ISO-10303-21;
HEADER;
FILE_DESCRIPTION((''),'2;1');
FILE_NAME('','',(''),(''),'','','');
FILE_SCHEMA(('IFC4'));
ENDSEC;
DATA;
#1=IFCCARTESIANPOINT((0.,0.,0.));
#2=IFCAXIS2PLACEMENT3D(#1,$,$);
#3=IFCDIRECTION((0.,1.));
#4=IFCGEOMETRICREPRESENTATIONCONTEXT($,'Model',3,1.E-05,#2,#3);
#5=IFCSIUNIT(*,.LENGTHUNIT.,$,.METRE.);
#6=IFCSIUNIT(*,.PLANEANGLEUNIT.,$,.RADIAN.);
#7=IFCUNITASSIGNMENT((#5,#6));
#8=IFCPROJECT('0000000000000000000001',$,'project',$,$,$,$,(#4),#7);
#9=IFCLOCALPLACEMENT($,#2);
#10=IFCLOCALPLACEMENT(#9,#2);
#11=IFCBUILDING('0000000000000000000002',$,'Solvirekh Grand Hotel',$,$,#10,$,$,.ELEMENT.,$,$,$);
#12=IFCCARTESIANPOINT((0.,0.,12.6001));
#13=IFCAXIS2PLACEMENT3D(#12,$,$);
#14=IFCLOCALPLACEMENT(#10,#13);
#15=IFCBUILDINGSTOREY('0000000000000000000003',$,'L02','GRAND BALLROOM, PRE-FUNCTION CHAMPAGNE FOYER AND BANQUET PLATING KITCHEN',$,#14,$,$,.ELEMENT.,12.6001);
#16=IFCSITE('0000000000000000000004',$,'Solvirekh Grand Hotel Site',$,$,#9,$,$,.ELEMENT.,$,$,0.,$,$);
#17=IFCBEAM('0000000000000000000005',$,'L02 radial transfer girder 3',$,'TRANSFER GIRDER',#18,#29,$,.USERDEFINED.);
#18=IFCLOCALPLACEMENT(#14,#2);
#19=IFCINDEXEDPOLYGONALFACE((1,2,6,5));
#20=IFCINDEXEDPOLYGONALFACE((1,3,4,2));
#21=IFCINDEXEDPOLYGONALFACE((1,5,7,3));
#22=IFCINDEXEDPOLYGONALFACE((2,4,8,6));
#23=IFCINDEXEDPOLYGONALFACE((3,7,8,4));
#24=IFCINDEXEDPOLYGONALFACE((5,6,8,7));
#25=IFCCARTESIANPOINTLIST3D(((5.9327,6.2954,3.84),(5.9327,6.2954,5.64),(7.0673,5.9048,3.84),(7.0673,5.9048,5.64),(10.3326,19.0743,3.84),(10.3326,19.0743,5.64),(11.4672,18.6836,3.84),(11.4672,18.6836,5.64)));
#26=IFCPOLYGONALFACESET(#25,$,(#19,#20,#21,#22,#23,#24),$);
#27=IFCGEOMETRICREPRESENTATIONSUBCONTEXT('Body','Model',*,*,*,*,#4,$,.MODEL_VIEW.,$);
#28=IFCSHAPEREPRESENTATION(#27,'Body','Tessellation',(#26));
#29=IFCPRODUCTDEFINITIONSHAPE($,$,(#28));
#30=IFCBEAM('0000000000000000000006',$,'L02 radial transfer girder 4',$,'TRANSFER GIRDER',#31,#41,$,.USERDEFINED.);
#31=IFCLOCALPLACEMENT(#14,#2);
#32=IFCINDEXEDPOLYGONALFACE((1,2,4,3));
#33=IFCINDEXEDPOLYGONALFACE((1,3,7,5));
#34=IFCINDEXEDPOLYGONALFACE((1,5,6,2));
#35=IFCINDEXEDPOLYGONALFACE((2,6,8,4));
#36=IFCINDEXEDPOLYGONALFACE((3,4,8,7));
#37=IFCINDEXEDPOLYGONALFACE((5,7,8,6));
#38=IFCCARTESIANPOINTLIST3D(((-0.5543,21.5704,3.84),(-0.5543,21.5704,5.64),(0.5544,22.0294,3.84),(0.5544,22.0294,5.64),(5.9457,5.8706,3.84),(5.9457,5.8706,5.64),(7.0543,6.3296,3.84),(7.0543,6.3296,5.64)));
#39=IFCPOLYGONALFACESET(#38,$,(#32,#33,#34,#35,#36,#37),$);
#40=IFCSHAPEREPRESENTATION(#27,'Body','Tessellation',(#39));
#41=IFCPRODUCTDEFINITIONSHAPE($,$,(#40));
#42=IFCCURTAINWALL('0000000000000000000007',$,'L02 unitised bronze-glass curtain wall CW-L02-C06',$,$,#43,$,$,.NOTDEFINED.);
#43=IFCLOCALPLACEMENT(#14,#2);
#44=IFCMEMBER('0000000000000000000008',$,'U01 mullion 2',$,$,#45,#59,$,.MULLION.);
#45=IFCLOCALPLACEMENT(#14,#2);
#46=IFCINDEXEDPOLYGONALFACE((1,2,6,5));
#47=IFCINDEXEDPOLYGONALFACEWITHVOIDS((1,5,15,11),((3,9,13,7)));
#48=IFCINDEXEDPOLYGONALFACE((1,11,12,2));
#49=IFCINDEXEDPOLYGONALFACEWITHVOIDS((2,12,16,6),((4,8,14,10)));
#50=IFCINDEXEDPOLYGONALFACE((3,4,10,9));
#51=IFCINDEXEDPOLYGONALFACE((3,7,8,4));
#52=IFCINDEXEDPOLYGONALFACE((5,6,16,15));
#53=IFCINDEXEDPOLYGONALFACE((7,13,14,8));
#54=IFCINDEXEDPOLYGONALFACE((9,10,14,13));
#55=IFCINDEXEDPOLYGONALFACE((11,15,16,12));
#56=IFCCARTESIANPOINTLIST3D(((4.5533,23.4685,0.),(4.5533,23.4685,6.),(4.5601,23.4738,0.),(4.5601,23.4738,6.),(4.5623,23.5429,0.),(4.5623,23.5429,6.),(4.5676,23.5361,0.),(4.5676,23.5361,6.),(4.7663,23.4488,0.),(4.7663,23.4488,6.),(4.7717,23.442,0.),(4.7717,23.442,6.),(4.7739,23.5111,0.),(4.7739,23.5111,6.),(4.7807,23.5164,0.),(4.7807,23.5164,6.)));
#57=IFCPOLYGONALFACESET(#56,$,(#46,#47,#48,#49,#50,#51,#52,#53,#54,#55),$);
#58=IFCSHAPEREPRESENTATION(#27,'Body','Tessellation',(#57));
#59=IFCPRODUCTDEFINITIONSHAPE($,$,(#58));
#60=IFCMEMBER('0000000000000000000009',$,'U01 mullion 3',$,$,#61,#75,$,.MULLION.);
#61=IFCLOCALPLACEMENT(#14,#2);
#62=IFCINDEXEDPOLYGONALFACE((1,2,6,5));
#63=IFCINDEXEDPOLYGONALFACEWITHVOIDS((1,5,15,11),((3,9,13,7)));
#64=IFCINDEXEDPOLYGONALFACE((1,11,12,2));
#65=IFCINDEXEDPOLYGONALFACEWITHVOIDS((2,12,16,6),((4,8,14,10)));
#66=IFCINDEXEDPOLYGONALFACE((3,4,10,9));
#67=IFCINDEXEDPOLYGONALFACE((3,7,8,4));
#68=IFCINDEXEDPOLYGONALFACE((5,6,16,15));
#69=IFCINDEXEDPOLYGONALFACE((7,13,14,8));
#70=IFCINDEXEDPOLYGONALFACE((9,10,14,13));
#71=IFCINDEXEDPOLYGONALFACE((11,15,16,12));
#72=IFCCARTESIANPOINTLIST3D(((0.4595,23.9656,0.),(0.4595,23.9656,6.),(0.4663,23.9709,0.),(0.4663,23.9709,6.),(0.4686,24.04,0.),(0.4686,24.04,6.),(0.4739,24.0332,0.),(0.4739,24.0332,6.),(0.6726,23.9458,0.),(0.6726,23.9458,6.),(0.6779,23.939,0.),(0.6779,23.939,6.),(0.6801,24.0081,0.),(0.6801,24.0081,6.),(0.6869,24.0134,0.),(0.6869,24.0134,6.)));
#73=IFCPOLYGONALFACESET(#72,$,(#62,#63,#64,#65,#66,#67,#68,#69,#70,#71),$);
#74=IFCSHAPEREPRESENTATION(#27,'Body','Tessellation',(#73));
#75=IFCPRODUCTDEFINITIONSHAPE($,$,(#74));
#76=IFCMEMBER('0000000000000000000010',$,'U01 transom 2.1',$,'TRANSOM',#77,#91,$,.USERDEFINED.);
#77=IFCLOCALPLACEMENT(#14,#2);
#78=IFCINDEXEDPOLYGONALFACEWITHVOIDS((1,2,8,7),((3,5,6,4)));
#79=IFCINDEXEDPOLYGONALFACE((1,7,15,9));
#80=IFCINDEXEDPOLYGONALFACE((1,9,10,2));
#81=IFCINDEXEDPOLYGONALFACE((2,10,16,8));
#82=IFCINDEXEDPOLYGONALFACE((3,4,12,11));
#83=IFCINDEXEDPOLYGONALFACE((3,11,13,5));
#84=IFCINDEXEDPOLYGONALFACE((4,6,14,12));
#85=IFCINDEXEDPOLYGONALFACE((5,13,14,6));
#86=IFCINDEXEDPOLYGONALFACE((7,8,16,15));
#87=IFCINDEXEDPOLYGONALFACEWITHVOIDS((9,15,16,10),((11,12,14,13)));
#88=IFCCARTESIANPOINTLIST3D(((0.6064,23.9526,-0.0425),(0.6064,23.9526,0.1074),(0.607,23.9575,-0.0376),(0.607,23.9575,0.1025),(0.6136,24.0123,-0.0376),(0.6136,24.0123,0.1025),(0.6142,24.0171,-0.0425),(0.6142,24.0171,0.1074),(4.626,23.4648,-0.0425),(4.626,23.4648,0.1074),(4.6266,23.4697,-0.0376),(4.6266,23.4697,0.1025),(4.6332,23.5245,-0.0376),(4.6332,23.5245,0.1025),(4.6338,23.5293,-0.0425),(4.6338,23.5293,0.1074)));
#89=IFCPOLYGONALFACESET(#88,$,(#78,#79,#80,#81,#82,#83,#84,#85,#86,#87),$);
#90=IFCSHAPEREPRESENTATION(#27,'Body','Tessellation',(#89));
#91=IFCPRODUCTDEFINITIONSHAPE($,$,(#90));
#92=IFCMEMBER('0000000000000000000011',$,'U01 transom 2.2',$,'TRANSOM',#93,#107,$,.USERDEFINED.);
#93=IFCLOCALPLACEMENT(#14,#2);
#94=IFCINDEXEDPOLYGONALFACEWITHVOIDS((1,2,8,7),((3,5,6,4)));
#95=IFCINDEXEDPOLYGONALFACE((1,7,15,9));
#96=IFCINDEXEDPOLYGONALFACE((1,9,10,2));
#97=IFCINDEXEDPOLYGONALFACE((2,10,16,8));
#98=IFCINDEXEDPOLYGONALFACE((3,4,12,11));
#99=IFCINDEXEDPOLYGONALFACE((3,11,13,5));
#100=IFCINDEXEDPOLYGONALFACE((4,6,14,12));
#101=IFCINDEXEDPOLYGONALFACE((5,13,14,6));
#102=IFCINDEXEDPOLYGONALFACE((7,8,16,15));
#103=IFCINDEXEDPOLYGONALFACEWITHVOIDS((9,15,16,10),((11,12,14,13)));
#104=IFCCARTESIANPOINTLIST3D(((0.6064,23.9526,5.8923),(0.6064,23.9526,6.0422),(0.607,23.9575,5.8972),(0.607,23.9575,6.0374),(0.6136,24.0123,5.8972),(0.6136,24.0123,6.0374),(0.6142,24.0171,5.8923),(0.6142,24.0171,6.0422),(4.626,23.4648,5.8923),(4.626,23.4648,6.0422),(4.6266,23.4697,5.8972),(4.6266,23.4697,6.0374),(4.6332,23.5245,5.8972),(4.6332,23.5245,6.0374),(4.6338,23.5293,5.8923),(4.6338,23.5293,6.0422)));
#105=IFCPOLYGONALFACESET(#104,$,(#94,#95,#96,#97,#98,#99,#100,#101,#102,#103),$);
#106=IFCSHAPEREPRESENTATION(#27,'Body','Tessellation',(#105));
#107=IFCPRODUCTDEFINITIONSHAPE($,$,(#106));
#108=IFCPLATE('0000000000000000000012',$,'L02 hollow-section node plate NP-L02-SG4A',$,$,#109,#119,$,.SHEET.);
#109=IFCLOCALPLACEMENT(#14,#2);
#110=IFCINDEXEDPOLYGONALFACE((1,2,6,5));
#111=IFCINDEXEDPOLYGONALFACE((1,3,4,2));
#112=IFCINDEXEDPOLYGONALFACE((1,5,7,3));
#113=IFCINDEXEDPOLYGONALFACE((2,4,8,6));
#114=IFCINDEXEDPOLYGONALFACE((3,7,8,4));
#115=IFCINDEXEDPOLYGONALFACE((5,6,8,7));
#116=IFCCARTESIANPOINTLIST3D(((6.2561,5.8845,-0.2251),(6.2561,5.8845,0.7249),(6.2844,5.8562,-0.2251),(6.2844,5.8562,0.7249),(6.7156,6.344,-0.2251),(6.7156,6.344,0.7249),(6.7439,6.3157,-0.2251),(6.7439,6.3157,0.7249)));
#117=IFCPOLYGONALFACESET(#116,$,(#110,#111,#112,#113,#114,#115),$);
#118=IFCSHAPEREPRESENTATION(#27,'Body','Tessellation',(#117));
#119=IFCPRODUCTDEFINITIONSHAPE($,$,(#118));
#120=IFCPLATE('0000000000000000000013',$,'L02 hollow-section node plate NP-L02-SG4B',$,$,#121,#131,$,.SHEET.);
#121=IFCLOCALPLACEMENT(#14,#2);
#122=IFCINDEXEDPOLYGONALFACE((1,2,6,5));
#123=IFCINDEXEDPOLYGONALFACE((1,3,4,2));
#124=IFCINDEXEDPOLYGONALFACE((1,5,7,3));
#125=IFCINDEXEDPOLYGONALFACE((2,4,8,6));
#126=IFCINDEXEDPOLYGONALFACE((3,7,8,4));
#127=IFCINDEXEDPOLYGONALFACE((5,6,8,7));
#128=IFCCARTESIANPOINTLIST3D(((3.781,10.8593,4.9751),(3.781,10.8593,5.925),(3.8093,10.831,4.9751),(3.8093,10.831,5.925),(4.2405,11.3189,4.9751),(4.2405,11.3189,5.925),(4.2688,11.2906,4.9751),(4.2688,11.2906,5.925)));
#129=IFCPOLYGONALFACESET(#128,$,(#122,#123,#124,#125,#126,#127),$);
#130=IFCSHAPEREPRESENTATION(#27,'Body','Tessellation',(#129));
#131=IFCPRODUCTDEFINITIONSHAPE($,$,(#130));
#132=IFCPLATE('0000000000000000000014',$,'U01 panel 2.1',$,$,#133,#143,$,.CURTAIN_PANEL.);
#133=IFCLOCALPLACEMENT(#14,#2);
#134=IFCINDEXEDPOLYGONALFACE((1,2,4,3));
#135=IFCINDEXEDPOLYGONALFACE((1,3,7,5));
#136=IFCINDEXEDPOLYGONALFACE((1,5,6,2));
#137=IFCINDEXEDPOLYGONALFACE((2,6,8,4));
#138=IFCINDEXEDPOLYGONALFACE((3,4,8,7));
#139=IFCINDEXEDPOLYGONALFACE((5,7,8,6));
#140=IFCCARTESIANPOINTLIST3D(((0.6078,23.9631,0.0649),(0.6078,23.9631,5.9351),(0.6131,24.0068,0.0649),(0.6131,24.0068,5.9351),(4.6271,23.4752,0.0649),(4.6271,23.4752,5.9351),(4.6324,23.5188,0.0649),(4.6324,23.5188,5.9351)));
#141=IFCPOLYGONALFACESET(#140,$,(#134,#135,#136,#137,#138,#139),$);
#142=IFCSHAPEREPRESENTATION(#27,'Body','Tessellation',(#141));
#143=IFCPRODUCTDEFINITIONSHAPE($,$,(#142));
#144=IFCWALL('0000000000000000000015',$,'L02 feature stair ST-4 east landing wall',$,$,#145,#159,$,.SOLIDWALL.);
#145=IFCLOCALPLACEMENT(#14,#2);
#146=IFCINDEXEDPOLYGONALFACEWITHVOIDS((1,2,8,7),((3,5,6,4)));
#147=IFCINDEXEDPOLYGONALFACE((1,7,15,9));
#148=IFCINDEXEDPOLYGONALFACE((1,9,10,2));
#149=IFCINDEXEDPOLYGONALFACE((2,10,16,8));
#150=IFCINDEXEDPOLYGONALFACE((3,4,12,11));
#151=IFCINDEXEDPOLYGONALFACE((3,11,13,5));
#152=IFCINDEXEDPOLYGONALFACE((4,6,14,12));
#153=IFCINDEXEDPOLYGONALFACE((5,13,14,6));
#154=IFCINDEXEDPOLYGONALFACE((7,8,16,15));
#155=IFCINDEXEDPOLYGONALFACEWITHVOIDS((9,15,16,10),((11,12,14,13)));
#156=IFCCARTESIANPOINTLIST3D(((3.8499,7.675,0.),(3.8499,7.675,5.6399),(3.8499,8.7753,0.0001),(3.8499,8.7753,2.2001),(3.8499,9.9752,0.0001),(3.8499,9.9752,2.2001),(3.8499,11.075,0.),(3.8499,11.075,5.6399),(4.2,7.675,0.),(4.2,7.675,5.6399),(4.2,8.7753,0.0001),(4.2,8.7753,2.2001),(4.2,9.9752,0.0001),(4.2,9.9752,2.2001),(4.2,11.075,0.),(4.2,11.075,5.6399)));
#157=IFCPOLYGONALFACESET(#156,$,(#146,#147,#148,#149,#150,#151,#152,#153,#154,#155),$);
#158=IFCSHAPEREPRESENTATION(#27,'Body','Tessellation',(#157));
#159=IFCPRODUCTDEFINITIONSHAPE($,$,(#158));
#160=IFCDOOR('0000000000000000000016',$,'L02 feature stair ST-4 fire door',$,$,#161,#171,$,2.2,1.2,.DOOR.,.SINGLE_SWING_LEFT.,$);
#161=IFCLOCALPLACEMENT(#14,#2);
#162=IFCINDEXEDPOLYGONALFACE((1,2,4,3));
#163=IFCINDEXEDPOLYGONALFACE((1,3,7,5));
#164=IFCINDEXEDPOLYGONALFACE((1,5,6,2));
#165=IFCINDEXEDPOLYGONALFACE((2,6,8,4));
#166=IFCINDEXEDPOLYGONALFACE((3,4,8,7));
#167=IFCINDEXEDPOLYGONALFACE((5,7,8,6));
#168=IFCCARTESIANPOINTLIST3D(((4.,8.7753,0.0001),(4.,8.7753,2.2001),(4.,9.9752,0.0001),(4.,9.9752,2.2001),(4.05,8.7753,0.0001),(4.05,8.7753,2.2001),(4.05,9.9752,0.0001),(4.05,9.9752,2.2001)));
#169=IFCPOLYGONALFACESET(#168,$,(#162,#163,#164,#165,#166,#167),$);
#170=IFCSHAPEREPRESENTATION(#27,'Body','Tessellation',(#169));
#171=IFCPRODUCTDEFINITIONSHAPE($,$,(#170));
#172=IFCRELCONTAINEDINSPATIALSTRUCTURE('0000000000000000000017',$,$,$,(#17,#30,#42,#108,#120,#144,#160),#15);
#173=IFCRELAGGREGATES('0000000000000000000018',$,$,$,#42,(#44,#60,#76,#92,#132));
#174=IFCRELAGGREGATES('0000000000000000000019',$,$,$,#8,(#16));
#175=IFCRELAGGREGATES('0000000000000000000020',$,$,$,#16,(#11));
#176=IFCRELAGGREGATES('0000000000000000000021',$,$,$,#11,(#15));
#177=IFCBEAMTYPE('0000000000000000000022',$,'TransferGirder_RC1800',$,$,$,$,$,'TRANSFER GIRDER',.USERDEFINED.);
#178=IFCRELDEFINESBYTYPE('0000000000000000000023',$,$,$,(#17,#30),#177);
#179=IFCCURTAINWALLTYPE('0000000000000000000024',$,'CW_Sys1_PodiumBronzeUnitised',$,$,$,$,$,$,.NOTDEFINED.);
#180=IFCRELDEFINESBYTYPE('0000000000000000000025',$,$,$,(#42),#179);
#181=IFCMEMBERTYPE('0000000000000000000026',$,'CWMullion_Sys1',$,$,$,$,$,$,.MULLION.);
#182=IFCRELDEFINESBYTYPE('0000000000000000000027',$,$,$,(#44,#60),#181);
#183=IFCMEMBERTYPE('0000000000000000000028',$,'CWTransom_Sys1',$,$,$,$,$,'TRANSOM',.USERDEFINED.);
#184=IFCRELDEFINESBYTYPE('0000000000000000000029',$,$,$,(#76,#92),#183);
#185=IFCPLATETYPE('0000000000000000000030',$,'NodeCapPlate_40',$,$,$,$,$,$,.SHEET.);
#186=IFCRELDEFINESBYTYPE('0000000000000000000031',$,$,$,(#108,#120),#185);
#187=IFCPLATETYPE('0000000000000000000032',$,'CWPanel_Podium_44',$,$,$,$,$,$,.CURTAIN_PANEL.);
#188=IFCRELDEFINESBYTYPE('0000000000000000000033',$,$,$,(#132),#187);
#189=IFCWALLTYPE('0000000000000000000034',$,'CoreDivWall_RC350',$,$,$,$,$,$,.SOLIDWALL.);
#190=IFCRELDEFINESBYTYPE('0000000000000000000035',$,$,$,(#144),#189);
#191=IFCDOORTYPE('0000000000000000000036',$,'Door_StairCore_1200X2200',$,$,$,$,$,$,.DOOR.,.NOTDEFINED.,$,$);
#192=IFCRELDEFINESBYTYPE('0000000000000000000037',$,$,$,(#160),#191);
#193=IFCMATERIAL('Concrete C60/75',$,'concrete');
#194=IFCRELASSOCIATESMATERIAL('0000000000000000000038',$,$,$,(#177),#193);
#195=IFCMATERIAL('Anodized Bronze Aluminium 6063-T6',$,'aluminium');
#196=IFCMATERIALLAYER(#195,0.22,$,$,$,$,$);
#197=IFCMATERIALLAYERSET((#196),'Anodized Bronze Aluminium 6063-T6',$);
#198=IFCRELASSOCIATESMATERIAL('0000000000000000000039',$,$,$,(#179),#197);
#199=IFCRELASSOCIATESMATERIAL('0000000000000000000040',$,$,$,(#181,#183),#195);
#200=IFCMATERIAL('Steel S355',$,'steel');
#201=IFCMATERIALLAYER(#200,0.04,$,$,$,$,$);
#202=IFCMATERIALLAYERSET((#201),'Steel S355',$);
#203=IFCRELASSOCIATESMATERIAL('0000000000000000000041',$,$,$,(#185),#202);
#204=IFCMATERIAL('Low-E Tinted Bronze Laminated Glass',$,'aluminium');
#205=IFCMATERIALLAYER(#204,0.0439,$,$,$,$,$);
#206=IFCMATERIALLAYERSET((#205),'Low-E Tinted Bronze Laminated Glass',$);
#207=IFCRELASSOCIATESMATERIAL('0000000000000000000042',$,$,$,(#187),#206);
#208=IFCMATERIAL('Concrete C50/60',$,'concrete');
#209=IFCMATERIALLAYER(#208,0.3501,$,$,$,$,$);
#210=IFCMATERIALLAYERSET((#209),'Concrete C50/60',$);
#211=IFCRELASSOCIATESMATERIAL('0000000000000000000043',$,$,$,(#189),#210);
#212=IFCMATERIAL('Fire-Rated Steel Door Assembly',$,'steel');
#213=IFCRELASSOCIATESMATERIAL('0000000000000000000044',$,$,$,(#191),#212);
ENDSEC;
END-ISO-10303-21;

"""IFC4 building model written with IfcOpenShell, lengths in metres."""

from ifc_helpers import new_model, si_unit, direction, frame, frame_2d, origin, origin_2d, place, context, subcontext, project, spatial, rectangle, hollow_rectangle, extrude, source, transform, mapped, material, layer, layer_set, material_profile, profile_set, type_object, element, fill, aggregate, save


model = new_model("IFC4")

# Units and contexts
model_context = context("Model", 3, precision=1e-05, world=origin(), true_north=direction((0.0, 1.0)))
body_context = subcontext(model_context, "Body", "Model", "MODEL_VIEW")
ifc_project = project(units=[si_unit("LENGTHUNIT", "METRE"), si_unit("PLANEANGLEUNIT", "RADIAN")], contexts=[model_context])

# Site, building, storey
site_placement = place(None, origin())
site = spatial("IfcSite", under=ifc_project, at=site_placement, Name="Solvirekh Grand Hotel Site", CompositionType="ELEMENT", RefElevation=0.0)
building_placement = place(site_placement, origin())
building = spatial("IfcBuilding", under=site, at=building_placement, Name="Solvirekh Grand Hotel", CompositionType="ELEMENT")
storey_placement = place(building_placement, frame((0.0, 0.0, 12.6001)))
storey = spatial("IfcBuildingStorey", under=building, at=storey_placement, Name="L02", Description="GRAND BALLROOM, PRE-FUNCTION CHAMPAGNE FOYER AND BANQUET PLATING KITCHEN", CompositionType="ELEMENT", Elevation=12.6001)

# Shared definitions
ifc_material_1 = material(Name="Concrete C60/75", Category="concrete")
ifc_material_2 = material(Name="Steel S355", Category="steel")

# Beams
ifc_material_profile_1 = material_profile(ifc_material_1, rectangle(XDim=1.2, YDim=1.8, at=origin_2d()), Name="RC GIRDER 1200X1800")
ifc_profile_set_1 = profile_set([ifc_material_profile_1], Name="Concrete C60/75")
beam_type_1 = type_object("IfcBeamType", Name="TransferGirder_RC1800", ElementType="TRANSFER GIRDER", PredefinedType="USERDEFINED", material=ifc_profile_set_1)
beam_1_placement = place(storey_placement, frame((6.5, 6.1001, 4.74), z_axis=(0.325555, 0.945523, 0.0), x_axis=(-0.945523, 0.325555, 0.0)))
element("IfcBeam", 1, at=beam_1_placement, inside=storey, type_object=beam_type_1, Name="L02 radial transfer girder 3", ObjectType="TRANSFER GIRDER", PredefinedType="USERDEFINED", context=body_context, shape_type="SweptSolid", body=[
    extrude(rectangle(XDim=1.2, YDim=1.8, at=origin_2d()), origin(), (0.0, 0.0, 1.0), 13.5151),
])
beam_2_placement = place(storey_placement, frame((6.5, 6.1001, 4.74), z_axis=(-0.382526, 0.923945, 0.0), x_axis=(-0.923945, -0.382526, 0.0)))
element("IfcBeam", 2, at=beam_2_placement, inside=storey, type_object=beam_type_1, Name="L02 radial transfer girder 4", ObjectType="TRANSFER GIRDER", PredefinedType="USERDEFINED", context=body_context, shape_type="SweptSolid", body=[
    extrude(rectangle(XDim=1.2, YDim=1.8, at=origin_2d()), origin(), (0.0, 0.0, 1.0), 16.9922),
])

# Curtain wall, members
ifc_material_3 = material(Name="Anodized Bronze Aluminium 6063-T6", Category="aluminium")
ifc_layer_1 = layer(ifc_material_3, 0.22)
ifc_layer_set_1 = layer_set([ifc_layer_1], Name="Anodized Bronze Aluminium 6063-T6")
curtain_wall_type = type_object("IfcCurtainWallType", Name="CW_Sys1_PodiumBronzeUnitised", PredefinedType="NOTDEFINED", material=ifc_layer_set_1)
curtain_wall_placement = place(storey_placement, origin())
curtain_wall = element("IfcCurtainWall", 3, at=curtain_wall_placement, inside=storey, type_object=curtain_wall_type, Name="L02 unitised bronze-glass curtain wall CW-L02-C06", PredefinedType="NOTDEFINED")
ifc_material_profile_2 = material_profile(ifc_material_3, hollow_rectangle(XDim=0.075, YDim=0.22, WallThickness=0.0061, at=origin_2d()), Name="ALU RHS 220X75X6")
ifc_profile_set_2 = profile_set([ifc_material_profile_2], Name="Anodized Bronze Aluminium 6063-T6")
member_type_1 = type_object("IfcMemberType", Name="CWMullion_Sys1", PredefinedType="MULLION", material=ifc_profile_set_2)
shared_shape_1 = source(origin(), body_context, "Body", "SweptSolid", [
    extrude(hollow_rectangle(XDim=0.075, YDim=0.22, WallThickness=0.0061, at=origin_2d()), origin(), (0.0, 0.0, 1.0), 6.0),
])
member_1_placement = place(storey_placement, frame((4.667, 23.4924, 0.0), z_axis=(0.0, 0.0, 1.0), x_axis=(-0.120514, -0.992712, 0.0)))
member_1 = element("IfcMember", 4, at=member_1_placement, type_object=member_type_1, Name="U01 mullion 2", PredefinedType="MULLION", context=body_context, shape_type="MappedRepresentation", body=[
    mapped(shared_shape_1, transform((0.0, 0.0, 0.0), x_axis=(1.0, 0.0, 0.0), y_axis=(0.0, 1.0, 0.0), z_axis=(0.0, 0.0, 1.0), scale=1.0)),
])
member_2_placement = place(storey_placement, frame((0.5732, 23.9895, 0.0), z_axis=(0.0, 0.0, 1.0), x_axis=(-0.120514, -0.992712, 0.0)))
member_2 = element("IfcMember", 5, at=member_2_placement, type_object=member_type_1, Name="U01 mullion 3", PredefinedType="MULLION", context=body_context, shape_type="MappedRepresentation", body=[
    mapped(shared_shape_1, transform((0.0, 0.0, 0.0), x_axis=(1.0, 0.0, 0.0), y_axis=(0.0, 1.0, 0.0), z_axis=(0.0, 0.0, 1.0), scale=1.0)),
])
ifc_material_profile_3 = material_profile(ifc_material_3, hollow_rectangle(XDim=0.0649, YDim=0.1499, WallThickness=0.0049, at=origin_2d()), Name="ALU RHS 150X65X5")
ifc_profile_set_3 = profile_set([ifc_material_profile_3], Name="Anodized Bronze Aluminium 6063-T6")
member_type_2 = type_object("IfcMemberType", Name="CWTransom_Sys1", ElementType="TRANSOM", PredefinedType="USERDEFINED", material=ifc_profile_set_3)
shared_shape_2 = source(origin(), body_context, "Body", "SweptSolid", [
    extrude(hollow_rectangle(XDim=0.0649, YDim=0.1499, WallThickness=0.0049, at=origin_2d()), origin(), (0.0, 0.0, 1.0), 4.0491),
])
member_3_placement = place(storey_placement, frame((4.6299, 23.4971, 0.0325), z_axis=(-0.992717, 0.120472, 0.0), x_axis=(-0.120472, -0.992717, 0.0)))
member_3 = element("IfcMember", 6, at=member_3_placement, type_object=member_type_2, Name="U01 transom 2.1", ObjectType="TRANSOM", PredefinedType="USERDEFINED", context=body_context, shape_type="MappedRepresentation", body=[
    mapped(shared_shape_2, transform((0.0, 0.0, 0.0), x_axis=(1.0, 0.0, 0.0), y_axis=(0.0, 1.0, 0.0), z_axis=(0.0, 0.0, 1.0), scale=1.0)),
])
member_4_placement = place(storey_placement, frame((4.6299, 23.4971, 5.9673), z_axis=(-0.992717, 0.120472, 0.0), x_axis=(-0.120472, -0.992717, 0.0)))
member_4 = element("IfcMember", 7, at=member_4_placement, type_object=member_type_2, Name="U01 transom 2.2", ObjectType="TRANSOM", PredefinedType="USERDEFINED", context=body_context, shape_type="MappedRepresentation", body=[
    mapped(shared_shape_2, transform((0.0, 0.0, 0.0), x_axis=(1.0, 0.0, 0.0), y_axis=(0.0, 1.0, 0.0), z_axis=(0.0, 0.0, 1.0), scale=1.0)),
])

# Plates
ifc_layer_2 = layer(ifc_material_2, 0.04)
ifc_layer_set_2 = layer_set([ifc_layer_2], Name="Steel S355")
plate_type_1 = type_object("IfcPlateType", Name="NodeCapPlate_40", PredefinedType="SHEET", material=ifc_layer_set_2)
for number, where, z_axis, x_axis, name in (
    (8, (6.5, 6.1001, -0.2251), (0.0, 0.0, 1.0), (-0.707107, 0.707107, 0.0), "L02 hollow-section node plate NP-L02-SG4A"),
    (9, (4.0249, 11.075, 4.9751), (0.0, 0.0, 1.0), (-0.707107, 0.707107, 0.0), "L02 hollow-section node plate NP-L02-SG4B"),
):
    element("IfcPlate", number, at=place(storey_placement, frame(where, z_axis=z_axis, x_axis=x_axis)), inside=storey, type_object=plate_type_1, Name=name, PredefinedType="SHEET", context=body_context, shape_type="SweptSolid", body=[
        extrude(rectangle(XDim=0.04, YDim=0.6499, at=origin_2d()), origin(), (0.0, 0.0, 1.0), 0.95),
    ])

# Plate
ifc_material_4 = material(Name="Low-E Tinted Bronze Laminated Glass", Category="aluminium")
ifc_layer_3 = layer(ifc_material_4, 0.0439)
ifc_layer_set_3 = layer_set([ifc_layer_3], Name="Low-E Tinted Bronze Laminated Glass")
plate_type_2 = type_object("IfcPlateType", Name="CWPanel_Podium_44", PredefinedType="CURTAIN_PANEL", material=ifc_layer_set_3)
shared_shape_3 = source(origin(), body_context, "Body", "SweptSolid", [
    extrude(rectangle(XDim=4.0488, YDim=0.0439, at=origin_2d()), origin(), (0.0, 0.0, 1.0), 5.8701),
])
plate_placement = place(storey_placement, frame((2.6201, 23.741, 0.0649), z_axis=(0.0, 0.0, 1.0), x_axis=(-0.992712, 0.120514, 0.0)))
plate = element("IfcPlate", 10, at=plate_placement, type_object=plate_type_2, Name="U01 panel 2.1", PredefinedType="CURTAIN_PANEL", context=body_context, shape_type="MappedRepresentation", body=[
    mapped(shared_shape_3, transform((0.0, 0.0, 0.0), x_axis=(1.0, 0.0, 0.0), y_axis=(0.0, 1.0, 0.0), z_axis=(0.0, 0.0, 1.0), scale=1.0)),
])
aggregate(curtain_wall, [member_1, member_2, member_3, member_4, plate])

# Wall, opening, door
ifc_material_5 = material(Name="Concrete C50/60", Category="concrete")
ifc_layer_4 = layer(ifc_material_5, 0.3501)
ifc_layer_set_4 = layer_set([ifc_layer_4], Name="Concrete C50/60")
wall_type_1 = type_object("IfcWallType", Name="CoreDivWall_RC350", PredefinedType="SOLIDWALL", material=ifc_layer_set_4)
wall_1_placement = place(storey_placement, frame((4.0249, 7.675, 0.0), z_axis=(0.0, 0.0, 1.0), x_axis=(0.0, 1.0, 0.0)))
wall_1 = element("IfcWall", 11, at=wall_1_placement, inside=storey, type_object=wall_type_1, Name="L02 feature stair ST-4 east landing wall", PredefinedType="SOLIDWALL", context=body_context, shape_type="SweptSolid", body=[
    extrude(rectangle(XDim=3.3999, YDim=0.3501, at=frame_2d((1.7, 0.0))), origin(), (0.0, 0.0, 1.0), 5.6399),
])
opening_placement = place(wall_1_placement, frame((1.1001, 0.0, 0.0)))
opening = element("IfcOpeningElement", 12, at=opening_placement, cuts=wall_1, PredefinedType="OPENING", context=body_context, shape_type="SweptSolid", body=[
    extrude(rectangle(XDim=1.2, YDim=2.2, at=frame_2d((0.6001, 1.1001))), frame((0.0, 0.1851, 0.0), z_axis=(0.0, -1.0, 0.0), x_axis=(1.0, 0.0, 0.0)), (0.0, 0.0, 1.0), 0.3701),
])
ifc_material_6 = material(Name="Fire-Rated Steel Door Assembly", Category="steel")
door_type = type_object("IfcDoorType", Name="Door_StairCore_1200X2200", OperationType="NOTDEFINED", PredefinedType="DOOR", material=ifc_material_6)
door_placement = place(opening_placement, origin())
door = element("IfcDoor", 13, at=door_placement, inside=storey, type_object=door_type, Name="L02 feature stair ST-4 fire door", OperationType="SINGLE_SWING_LEFT", OverallHeight=2.2, OverallWidth=1.2, PredefinedType="DOOR", context=body_context, shape_type="SweptSolid", body=[
    extrude(rectangle(XDim=1.2, YDim=2.2, at=frame_2d((0.6001, 1.1001))), frame((0.0, 0.0249, 0.0), z_axis=(0.0, -1.0, 0.0), x_axis=(1.0, 0.0, 0.0)), (0.0, 0.0, 1.0), 0.05),
])
fill(opening, door)

save(model, "model.ifc")
